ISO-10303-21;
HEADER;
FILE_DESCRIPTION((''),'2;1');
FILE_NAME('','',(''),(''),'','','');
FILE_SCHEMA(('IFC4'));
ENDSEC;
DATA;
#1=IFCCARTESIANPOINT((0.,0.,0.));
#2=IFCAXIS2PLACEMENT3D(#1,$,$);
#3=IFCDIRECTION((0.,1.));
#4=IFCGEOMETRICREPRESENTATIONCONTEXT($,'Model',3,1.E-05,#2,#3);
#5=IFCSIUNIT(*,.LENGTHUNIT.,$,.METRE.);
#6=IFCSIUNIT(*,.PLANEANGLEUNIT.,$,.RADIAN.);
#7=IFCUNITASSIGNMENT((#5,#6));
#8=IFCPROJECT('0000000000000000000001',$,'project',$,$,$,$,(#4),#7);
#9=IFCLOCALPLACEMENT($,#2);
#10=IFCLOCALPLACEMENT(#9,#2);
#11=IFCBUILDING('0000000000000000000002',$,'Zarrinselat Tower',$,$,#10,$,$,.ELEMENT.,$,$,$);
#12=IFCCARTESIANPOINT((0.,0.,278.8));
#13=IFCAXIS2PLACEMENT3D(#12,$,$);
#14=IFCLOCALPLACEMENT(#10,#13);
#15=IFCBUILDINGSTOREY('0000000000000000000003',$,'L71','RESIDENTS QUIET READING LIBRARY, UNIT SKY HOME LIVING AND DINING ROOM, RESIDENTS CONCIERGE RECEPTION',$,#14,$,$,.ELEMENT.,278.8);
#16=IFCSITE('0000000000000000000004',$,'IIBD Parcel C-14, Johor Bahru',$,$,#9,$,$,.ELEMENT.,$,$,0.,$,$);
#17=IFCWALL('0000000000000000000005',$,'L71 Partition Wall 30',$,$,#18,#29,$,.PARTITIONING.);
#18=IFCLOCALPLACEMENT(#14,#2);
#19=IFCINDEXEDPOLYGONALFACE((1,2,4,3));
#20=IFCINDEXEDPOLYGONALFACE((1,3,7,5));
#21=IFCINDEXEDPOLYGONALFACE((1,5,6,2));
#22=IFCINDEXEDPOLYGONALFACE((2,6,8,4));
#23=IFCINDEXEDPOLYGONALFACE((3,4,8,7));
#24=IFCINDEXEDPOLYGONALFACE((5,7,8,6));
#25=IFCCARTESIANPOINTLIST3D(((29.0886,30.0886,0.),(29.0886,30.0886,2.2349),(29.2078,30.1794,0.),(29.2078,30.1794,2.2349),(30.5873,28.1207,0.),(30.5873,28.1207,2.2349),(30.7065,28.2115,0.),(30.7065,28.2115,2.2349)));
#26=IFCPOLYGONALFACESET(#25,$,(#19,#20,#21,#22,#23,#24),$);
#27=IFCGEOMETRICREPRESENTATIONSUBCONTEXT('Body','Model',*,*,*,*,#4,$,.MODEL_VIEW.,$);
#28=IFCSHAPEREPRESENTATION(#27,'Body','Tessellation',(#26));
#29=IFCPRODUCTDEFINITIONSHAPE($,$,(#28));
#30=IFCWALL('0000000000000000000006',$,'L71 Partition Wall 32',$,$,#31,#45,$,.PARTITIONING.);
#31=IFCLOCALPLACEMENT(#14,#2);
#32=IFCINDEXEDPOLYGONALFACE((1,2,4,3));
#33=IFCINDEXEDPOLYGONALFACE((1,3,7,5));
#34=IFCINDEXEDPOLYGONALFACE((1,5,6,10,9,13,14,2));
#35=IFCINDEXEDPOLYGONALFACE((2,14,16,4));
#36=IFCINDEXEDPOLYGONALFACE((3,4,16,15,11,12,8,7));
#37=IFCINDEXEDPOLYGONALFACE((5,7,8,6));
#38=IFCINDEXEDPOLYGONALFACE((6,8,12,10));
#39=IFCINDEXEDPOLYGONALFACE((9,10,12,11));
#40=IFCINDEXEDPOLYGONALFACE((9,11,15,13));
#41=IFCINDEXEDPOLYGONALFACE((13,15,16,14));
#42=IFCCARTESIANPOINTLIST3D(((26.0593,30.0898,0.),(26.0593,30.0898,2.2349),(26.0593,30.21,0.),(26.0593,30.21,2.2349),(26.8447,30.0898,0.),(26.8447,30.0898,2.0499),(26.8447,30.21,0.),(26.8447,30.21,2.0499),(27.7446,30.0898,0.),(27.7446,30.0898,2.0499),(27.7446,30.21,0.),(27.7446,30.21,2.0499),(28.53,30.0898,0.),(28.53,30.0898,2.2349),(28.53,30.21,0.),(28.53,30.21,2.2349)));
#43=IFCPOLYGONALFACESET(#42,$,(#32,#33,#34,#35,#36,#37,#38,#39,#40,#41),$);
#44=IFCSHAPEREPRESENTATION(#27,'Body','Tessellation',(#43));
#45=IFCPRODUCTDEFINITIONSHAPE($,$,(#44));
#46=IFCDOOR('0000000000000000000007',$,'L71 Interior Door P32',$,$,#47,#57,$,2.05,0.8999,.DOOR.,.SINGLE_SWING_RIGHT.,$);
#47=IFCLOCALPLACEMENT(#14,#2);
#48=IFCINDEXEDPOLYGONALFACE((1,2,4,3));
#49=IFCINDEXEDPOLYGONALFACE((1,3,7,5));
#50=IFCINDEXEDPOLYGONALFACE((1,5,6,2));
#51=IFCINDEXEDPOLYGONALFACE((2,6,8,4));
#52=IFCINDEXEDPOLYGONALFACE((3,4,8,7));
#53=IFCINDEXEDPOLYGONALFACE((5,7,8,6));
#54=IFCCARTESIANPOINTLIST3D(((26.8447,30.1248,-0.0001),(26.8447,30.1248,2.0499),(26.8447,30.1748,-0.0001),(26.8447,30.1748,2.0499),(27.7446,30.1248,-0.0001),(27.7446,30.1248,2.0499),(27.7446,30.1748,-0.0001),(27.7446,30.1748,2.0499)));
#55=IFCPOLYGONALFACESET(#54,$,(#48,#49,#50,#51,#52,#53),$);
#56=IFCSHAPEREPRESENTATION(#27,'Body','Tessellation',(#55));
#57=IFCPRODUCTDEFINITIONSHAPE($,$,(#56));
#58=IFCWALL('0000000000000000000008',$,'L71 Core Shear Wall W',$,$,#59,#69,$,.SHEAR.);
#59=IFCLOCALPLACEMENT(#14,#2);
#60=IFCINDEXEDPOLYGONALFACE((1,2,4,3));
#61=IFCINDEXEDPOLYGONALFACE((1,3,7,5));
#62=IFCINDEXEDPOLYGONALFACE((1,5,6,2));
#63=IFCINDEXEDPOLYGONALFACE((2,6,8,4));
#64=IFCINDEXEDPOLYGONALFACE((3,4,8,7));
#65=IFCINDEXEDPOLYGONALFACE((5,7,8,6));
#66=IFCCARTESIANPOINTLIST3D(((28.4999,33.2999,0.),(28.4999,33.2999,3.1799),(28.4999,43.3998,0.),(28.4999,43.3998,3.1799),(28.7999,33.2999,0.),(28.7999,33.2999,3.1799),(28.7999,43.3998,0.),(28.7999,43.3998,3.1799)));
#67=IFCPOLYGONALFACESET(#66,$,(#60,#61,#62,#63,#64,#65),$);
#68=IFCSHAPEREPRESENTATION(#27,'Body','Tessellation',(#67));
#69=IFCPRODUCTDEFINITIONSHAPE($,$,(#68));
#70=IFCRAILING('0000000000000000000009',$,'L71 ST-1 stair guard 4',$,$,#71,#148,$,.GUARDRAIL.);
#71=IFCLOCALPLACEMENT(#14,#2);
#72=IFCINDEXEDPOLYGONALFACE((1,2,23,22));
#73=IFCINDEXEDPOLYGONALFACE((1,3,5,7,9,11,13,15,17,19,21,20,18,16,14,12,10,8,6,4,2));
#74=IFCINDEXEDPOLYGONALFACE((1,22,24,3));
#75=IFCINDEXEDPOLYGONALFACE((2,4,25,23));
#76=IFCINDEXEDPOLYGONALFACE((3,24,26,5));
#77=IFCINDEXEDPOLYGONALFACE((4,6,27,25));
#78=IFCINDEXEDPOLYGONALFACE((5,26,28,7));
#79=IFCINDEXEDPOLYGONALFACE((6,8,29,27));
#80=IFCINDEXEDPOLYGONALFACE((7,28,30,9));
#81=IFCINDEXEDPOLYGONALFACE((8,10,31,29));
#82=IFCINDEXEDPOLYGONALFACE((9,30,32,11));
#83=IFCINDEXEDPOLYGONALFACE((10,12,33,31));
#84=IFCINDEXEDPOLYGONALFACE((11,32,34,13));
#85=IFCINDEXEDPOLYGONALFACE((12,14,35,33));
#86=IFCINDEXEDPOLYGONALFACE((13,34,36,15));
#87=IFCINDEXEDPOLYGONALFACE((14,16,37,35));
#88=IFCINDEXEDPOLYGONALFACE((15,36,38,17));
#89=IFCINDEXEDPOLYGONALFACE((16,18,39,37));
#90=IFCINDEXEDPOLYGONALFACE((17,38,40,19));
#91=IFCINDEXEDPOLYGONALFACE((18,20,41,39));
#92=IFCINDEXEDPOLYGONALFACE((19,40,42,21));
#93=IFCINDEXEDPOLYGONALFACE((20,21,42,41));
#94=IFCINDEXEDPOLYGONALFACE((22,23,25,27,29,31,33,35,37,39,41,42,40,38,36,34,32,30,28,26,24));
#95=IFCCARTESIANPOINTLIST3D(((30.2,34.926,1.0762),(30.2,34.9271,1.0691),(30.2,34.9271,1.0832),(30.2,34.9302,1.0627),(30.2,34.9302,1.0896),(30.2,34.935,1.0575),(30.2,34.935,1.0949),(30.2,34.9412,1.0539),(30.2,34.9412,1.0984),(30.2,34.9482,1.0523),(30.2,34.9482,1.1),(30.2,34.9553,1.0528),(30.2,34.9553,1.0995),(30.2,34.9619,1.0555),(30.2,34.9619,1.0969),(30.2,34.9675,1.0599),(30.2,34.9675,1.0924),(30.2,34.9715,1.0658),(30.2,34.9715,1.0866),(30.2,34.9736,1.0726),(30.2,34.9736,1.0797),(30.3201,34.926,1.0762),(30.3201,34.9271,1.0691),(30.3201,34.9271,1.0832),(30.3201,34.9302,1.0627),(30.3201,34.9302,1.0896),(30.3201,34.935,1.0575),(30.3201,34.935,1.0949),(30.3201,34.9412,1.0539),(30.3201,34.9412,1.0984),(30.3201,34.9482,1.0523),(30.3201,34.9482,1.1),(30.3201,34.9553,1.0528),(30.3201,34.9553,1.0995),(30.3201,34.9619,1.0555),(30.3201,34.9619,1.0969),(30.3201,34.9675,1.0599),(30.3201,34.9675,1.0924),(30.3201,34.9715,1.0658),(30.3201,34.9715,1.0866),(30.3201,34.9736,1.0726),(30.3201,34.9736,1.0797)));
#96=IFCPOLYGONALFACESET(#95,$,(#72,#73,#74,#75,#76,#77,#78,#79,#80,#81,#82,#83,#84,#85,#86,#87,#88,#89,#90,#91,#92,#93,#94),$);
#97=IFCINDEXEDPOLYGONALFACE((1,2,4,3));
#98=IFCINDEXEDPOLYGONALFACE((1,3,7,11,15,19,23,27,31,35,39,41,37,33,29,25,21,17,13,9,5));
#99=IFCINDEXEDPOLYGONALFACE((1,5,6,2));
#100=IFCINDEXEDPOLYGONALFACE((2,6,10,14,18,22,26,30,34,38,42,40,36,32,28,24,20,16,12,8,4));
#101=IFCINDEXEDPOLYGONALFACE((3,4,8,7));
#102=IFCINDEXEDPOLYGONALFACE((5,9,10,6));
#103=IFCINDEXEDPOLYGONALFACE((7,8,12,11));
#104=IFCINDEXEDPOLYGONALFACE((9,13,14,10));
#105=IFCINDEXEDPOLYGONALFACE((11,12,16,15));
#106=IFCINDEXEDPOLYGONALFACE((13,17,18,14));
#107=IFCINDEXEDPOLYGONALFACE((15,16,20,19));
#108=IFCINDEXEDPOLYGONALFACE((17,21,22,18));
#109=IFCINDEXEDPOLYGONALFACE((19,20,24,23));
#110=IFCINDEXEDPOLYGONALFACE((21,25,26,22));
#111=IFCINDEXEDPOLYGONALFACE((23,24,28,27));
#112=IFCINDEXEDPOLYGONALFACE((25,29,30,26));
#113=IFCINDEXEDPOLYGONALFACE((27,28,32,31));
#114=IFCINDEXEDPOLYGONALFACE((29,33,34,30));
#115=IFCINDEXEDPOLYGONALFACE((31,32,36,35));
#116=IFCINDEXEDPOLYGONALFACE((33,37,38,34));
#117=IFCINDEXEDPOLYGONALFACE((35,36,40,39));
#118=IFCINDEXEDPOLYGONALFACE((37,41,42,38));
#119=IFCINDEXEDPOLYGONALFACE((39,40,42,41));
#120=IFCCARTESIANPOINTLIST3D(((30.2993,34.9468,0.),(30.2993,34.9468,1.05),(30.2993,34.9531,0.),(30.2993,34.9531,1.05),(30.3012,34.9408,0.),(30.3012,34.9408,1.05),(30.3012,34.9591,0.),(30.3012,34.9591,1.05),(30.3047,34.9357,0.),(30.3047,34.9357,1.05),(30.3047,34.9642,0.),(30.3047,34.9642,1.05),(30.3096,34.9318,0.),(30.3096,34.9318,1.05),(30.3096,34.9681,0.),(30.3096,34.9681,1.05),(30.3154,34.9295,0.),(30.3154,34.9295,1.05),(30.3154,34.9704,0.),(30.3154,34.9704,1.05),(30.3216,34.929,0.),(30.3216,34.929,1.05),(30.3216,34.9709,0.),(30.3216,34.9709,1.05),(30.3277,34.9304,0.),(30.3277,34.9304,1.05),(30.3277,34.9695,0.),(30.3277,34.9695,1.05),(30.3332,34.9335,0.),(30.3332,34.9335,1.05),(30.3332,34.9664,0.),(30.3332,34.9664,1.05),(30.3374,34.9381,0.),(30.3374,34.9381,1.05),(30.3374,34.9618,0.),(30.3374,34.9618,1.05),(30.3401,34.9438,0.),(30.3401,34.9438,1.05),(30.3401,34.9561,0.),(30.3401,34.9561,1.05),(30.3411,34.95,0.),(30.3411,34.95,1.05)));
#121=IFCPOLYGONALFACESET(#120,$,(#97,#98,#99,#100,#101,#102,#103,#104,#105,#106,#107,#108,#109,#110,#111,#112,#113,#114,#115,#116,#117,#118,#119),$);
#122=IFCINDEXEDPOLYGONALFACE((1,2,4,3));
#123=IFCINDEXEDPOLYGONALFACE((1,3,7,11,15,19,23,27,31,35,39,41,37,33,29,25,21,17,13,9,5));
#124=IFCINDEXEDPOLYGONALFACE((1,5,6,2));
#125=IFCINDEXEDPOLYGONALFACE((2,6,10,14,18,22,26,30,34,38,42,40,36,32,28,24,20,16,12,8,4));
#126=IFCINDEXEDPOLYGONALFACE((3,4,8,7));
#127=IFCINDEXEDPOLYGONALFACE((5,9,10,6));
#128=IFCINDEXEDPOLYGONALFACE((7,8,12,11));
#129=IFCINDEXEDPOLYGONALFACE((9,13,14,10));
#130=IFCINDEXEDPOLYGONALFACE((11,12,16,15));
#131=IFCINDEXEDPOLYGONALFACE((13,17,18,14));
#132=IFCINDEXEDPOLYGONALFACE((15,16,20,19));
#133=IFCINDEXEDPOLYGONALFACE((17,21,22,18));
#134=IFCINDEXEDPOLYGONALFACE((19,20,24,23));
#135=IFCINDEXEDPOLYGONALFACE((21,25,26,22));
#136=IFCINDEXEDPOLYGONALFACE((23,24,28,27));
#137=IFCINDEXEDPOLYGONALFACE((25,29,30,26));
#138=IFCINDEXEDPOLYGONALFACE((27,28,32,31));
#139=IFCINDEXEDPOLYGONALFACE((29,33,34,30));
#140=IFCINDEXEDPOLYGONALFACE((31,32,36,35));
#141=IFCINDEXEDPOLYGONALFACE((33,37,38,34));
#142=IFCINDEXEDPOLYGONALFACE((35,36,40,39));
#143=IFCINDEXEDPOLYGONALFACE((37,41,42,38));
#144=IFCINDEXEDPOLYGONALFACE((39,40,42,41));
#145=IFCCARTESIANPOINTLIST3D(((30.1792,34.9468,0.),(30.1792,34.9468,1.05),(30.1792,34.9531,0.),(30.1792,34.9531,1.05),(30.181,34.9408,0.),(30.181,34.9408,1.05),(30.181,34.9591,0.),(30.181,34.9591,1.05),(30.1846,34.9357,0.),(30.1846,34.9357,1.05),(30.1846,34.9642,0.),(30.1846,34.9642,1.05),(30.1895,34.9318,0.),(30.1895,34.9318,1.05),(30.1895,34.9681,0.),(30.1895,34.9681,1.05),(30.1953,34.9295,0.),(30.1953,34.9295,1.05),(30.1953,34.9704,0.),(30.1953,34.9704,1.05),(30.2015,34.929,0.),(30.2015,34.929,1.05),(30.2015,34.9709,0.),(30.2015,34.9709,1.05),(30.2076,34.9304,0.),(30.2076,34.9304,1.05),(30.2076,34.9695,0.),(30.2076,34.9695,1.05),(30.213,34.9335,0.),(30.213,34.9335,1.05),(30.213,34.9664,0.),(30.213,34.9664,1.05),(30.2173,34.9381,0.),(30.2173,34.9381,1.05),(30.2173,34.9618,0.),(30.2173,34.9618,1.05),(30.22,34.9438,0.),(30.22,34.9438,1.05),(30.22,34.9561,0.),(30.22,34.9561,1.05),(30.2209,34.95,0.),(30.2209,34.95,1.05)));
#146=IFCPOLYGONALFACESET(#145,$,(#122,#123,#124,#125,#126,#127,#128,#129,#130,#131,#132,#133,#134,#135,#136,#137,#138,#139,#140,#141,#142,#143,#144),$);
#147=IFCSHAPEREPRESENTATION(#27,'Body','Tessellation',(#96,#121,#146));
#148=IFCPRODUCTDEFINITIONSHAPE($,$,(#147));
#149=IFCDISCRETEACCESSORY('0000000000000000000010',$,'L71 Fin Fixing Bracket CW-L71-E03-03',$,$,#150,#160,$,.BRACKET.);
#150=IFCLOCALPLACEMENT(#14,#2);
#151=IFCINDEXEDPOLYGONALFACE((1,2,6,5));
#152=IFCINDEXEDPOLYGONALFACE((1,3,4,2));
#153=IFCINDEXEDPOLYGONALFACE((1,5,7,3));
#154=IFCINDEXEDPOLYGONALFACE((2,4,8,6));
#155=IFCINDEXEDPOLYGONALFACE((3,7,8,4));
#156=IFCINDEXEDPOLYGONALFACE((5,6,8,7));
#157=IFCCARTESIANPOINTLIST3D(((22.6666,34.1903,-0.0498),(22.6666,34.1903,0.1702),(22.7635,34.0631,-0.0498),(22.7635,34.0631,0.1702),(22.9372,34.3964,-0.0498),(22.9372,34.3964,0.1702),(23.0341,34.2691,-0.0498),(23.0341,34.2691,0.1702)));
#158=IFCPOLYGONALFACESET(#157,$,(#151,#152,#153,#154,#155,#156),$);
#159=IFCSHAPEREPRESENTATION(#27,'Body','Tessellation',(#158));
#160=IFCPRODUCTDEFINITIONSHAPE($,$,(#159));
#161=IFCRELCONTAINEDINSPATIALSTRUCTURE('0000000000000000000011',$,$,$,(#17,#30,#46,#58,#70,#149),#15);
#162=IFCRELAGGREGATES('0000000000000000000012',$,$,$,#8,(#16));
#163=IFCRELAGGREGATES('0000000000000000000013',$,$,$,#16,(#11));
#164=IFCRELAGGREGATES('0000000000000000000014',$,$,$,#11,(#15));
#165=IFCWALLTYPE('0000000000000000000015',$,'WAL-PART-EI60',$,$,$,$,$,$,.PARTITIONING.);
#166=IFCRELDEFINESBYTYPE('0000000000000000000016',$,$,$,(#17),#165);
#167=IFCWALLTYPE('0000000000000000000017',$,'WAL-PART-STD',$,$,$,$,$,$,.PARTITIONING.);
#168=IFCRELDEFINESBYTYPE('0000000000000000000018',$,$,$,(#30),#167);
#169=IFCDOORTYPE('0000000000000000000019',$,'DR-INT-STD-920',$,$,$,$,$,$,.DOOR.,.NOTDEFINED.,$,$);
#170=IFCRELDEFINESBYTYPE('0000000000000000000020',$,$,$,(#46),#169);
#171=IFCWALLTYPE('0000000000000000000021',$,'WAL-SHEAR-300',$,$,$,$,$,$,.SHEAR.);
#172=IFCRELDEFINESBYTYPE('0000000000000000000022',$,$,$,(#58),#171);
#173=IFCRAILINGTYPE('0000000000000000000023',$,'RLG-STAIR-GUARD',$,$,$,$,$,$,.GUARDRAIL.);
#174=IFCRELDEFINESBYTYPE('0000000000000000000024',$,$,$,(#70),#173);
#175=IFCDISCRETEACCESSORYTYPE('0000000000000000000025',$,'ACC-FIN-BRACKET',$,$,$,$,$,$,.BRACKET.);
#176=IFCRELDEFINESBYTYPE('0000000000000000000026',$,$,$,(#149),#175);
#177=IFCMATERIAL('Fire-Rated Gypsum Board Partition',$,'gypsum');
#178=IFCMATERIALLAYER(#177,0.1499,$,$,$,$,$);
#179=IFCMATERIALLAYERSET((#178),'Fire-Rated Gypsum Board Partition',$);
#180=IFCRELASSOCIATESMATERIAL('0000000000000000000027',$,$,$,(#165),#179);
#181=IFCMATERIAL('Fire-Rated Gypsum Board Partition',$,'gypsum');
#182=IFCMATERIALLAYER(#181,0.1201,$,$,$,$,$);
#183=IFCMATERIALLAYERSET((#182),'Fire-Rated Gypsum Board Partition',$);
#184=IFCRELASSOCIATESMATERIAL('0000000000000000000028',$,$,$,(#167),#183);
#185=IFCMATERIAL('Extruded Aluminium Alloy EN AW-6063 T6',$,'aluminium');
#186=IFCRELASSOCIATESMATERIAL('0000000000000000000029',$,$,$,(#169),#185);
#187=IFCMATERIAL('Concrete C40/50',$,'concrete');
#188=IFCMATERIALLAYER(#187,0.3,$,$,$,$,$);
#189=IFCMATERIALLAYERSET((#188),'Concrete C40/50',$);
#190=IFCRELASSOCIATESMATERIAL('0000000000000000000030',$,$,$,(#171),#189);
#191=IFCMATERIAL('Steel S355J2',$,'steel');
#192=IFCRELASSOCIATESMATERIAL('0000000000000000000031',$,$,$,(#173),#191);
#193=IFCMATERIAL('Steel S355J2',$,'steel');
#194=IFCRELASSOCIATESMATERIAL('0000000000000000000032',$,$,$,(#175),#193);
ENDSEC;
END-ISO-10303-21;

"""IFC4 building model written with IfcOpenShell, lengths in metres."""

from ifc_helpers import new_model, si_unit, direction, frame, frame_2d, origin, origin_2d, place, context, subcontext, project, spatial, rectangle, circle, extrude, material, layer, layer_set, type_object, element, fill, save


model = new_model("IFC4")

# Units and contexts
model_context = context("Model", 3, precision=1e-05, world=origin(), true_north=direction((0.0, 1.0)))
body_context = subcontext(model_context, "Body", "Model", "MODEL_VIEW")
ifc_project = project(units=[si_unit("LENGTHUNIT", "METRE"), si_unit("PLANEANGLEUNIT", "RADIAN")], contexts=[model_context])

# Site, building, storey
site_placement = place(None, origin())
site = spatial("IfcSite", under=ifc_project, at=site_placement, Name="IIBD Parcel C-14, Johor Bahru", CompositionType="ELEMENT", RefElevation=0.0)
building_placement = place(site_placement, origin())
building = spatial("IfcBuilding", under=site, at=building_placement, Name="Zarrinselat Tower", CompositionType="ELEMENT")
storey_placement = place(building_placement, frame((0.0, 0.0, 278.8)))
storey = spatial("IfcBuildingStorey", under=building, at=storey_placement, Name="L71", Description="RESIDENTS QUIET READING LIBRARY, UNIT SKY HOME LIVING AND DINING ROOM, RESIDENTS CONCIERGE RECEPTION", CompositionType="ELEMENT", Elevation=278.8)

# Shared definitions
ifc_material_1 = material(Name="Fire-Rated Gypsum Board Partition", Category="gypsum")
ifc_layer_1 = layer(ifc_material_1, 0.1499)
ifc_layer_set_1 = layer_set([ifc_layer_1], Name="Fire-Rated Gypsum Board Partition")
wall_type_1 = type_object("IfcWallType", Name="WAL-PART-EI60", PredefinedType="PARTITIONING", material=ifc_layer_set_1)

# Wall
wall_1_placement = place(storey_placement, frame((29.1482, 30.134, 0.0), z_axis=(0.0, 0.0, 1.0), x_axis=(0.605874, -0.795561, 0.0)))
element("IfcWall", 1, at=wall_1_placement, inside=storey, type_object=wall_type_1, Name="L71 Partition Wall 30", PredefinedType="PARTITIONING", context=body_context, shape_type="SweptSolid", body=[
    extrude(rectangle(XDim=2.4736, YDim=0.1499, at=frame_2d((1.2368, 0.0))), origin(), (0.0, 0.0, 1.0), 2.2349),
])

# Wall, opening, door
ifc_material_2 = material(Name="Fire-Rated Gypsum Board Partition", Category="gypsum")
ifc_layer_2 = layer(ifc_material_2, 0.1201)
ifc_layer_set_2 = layer_set([ifc_layer_2], Name="Fire-Rated Gypsum Board Partition")
wall_type_2 = type_object("IfcWallType", Name="WAL-PART-STD", PredefinedType="PARTITIONING", material=ifc_layer_set_2)
wall_2_placement = place(storey_placement, frame((26.0593, 30.1499, 0.0), z_axis=(0.0, 0.0, 1.0), x_axis=(1.0, 0.0, 0.0)))
wall_2 = element("IfcWall", 2, at=wall_2_placement, inside=storey, type_object=wall_type_2, Name="L71 Partition Wall 32", PredefinedType="PARTITIONING", context=body_context, shape_type="SweptSolid", body=[
    extrude(rectangle(XDim=2.4707, YDim=0.1201, at=frame_2d((1.2354, 0.0))), origin(), (0.0, 0.0, 1.0), 2.2349),
])
opening_1_placement = place(wall_2_placement, frame((0.7854, 0.0, 0.0)))
opening_1 = element("IfcOpeningElement", 3, at=opening_1_placement, cuts=wall_2, PredefinedType="OPENING", context=body_context, shape_type="SweptSolid", body=[
    extrude(rectangle(XDim=0.8999, YDim=2.05, at=frame_2d((0.45, 1.0249))), frame((0.0, 0.0701, 0.0), z_axis=(0.0, -1.0, 0.0), x_axis=(1.0, 0.0, 0.0)), (0.0, 0.0, 1.0), 0.1401),
])
ifc_material_3 = material(Name="Extruded Aluminium Alloy EN AW-6063 T6", Category="aluminium")
door_type_1 = type_object("IfcDoorType", Name="DR-INT-STD-920", OperationType="NOTDEFINED", PredefinedType="DOOR", material=ifc_material_3)
door_1_placement = place(opening_1_placement, origin())
door_1 = element("IfcDoor", 4, at=door_1_placement, inside=storey, type_object=door_type_1, Name="L71 Interior Door P32", OperationType="SINGLE_SWING_RIGHT", OverallHeight=2.05, OverallWidth=0.8999, PredefinedType="DOOR", context=body_context, shape_type="SweptSolid", body=[
    extrude(rectangle(XDim=0.8999, YDim=2.05, at=frame_2d((0.45, 1.0249))), frame((0.0, 0.0249, 0.0), z_axis=(0.0, -1.0, 0.0), x_axis=(1.0, 0.0, 0.0)), (0.0, 0.0, 1.0), 0.05),
])
fill(opening_1, door_1)

# Shared definitions
ifc_material_4 = material(Name="Concrete C40/50", Category="concrete")
ifc_layer_3 = layer(ifc_material_4, 0.3)
ifc_layer_set_3 = layer_set([ifc_layer_3], Name="Concrete C40/50")
wall_type_3 = type_object("IfcWallType", Name="WAL-SHEAR-300", PredefinedType="SHEAR", material=ifc_layer_set_3)

# Wall
wall_3_placement = place(storey_placement, frame((28.6499, 33.3, 0.0), z_axis=(0.0, 0.0, 1.0), x_axis=(0.0, 1.0, 0.0)))
element("IfcWall", 5, at=wall_3_placement, inside=storey, type_object=wall_type_3, Name="L71 Core Shear Wall W", PredefinedType="SHEAR", context=body_context, shape_type="SweptSolid", body=[
    extrude(rectangle(XDim=10.0999, YDim=0.3, at=frame_2d((5.0498, 0.0))), origin(), (0.0, 0.0, 1.0), 3.1799),
])

# Railing
ifc_material_5 = material(Name="Steel S355J2", Category="steel")
railing_type = type_object("IfcRailingType", Name="RLG-STAIR-GUARD", PredefinedType="GUARDRAIL", material=ifc_material_5)
railing_placement = place(storey_placement, frame((30.3201, 34.95, 0.0)))
element("IfcRailing", 6, at=railing_placement, inside=storey, type_object=railing_type, Name="L71 ST-1 stair guard 4", PredefinedType="GUARDRAIL", context=body_context, shape_type="SweptSolid", body=[
    extrude(circle(Radius=0.0239, at=origin_2d()), frame((0.0, 0.0, 1.0762), z_axis=(-1.0, 0.0, 0.0), x_axis=(0.0, -1.0, 0.0)), (0.0, 0.0, 1.0), 0.1201),
    extrude(circle(Radius=0.021, at=origin_2d()), origin(), (0.0, 0.0, 1.0), 1.05),
    extrude(circle(Radius=0.021, at=origin_2d()), frame((-0.1201, 0.0, 0.0)), (0.0, 0.0, 1.0), 1.05),
])

# Discrete accessory
ifc_material_6 = material(Name="Steel S355J2", Category="steel")
discrete_accessory_type = type_object("IfcDiscreteAccessoryType", Name="ACC-FIN-BRACKET", PredefinedType="BRACKET", material=ifc_material_6)
discrete_accessory_placement = place(storey_placement, frame((22.8503, 34.2297, -0.0498), z_axis=(0.0, 0.0, 1.0), x_axis=(-0.795642, -0.605767, 0.0)))
element("IfcDiscreteAccessory", 7, at=discrete_accessory_placement, inside=storey, type_object=discrete_accessory_type, Name="L71 Fin Fixing Bracket CW-L71-E03-03", PredefinedType="BRACKET", context=body_context, shape_type="SweptSolid", body=[
    extrude(rectangle(XDim=0.3401, YDim=0.1599, at=origin_2d()), origin(), (0.0, 0.0, 1.0), 0.22),
])

save(model, "model.ifc")
